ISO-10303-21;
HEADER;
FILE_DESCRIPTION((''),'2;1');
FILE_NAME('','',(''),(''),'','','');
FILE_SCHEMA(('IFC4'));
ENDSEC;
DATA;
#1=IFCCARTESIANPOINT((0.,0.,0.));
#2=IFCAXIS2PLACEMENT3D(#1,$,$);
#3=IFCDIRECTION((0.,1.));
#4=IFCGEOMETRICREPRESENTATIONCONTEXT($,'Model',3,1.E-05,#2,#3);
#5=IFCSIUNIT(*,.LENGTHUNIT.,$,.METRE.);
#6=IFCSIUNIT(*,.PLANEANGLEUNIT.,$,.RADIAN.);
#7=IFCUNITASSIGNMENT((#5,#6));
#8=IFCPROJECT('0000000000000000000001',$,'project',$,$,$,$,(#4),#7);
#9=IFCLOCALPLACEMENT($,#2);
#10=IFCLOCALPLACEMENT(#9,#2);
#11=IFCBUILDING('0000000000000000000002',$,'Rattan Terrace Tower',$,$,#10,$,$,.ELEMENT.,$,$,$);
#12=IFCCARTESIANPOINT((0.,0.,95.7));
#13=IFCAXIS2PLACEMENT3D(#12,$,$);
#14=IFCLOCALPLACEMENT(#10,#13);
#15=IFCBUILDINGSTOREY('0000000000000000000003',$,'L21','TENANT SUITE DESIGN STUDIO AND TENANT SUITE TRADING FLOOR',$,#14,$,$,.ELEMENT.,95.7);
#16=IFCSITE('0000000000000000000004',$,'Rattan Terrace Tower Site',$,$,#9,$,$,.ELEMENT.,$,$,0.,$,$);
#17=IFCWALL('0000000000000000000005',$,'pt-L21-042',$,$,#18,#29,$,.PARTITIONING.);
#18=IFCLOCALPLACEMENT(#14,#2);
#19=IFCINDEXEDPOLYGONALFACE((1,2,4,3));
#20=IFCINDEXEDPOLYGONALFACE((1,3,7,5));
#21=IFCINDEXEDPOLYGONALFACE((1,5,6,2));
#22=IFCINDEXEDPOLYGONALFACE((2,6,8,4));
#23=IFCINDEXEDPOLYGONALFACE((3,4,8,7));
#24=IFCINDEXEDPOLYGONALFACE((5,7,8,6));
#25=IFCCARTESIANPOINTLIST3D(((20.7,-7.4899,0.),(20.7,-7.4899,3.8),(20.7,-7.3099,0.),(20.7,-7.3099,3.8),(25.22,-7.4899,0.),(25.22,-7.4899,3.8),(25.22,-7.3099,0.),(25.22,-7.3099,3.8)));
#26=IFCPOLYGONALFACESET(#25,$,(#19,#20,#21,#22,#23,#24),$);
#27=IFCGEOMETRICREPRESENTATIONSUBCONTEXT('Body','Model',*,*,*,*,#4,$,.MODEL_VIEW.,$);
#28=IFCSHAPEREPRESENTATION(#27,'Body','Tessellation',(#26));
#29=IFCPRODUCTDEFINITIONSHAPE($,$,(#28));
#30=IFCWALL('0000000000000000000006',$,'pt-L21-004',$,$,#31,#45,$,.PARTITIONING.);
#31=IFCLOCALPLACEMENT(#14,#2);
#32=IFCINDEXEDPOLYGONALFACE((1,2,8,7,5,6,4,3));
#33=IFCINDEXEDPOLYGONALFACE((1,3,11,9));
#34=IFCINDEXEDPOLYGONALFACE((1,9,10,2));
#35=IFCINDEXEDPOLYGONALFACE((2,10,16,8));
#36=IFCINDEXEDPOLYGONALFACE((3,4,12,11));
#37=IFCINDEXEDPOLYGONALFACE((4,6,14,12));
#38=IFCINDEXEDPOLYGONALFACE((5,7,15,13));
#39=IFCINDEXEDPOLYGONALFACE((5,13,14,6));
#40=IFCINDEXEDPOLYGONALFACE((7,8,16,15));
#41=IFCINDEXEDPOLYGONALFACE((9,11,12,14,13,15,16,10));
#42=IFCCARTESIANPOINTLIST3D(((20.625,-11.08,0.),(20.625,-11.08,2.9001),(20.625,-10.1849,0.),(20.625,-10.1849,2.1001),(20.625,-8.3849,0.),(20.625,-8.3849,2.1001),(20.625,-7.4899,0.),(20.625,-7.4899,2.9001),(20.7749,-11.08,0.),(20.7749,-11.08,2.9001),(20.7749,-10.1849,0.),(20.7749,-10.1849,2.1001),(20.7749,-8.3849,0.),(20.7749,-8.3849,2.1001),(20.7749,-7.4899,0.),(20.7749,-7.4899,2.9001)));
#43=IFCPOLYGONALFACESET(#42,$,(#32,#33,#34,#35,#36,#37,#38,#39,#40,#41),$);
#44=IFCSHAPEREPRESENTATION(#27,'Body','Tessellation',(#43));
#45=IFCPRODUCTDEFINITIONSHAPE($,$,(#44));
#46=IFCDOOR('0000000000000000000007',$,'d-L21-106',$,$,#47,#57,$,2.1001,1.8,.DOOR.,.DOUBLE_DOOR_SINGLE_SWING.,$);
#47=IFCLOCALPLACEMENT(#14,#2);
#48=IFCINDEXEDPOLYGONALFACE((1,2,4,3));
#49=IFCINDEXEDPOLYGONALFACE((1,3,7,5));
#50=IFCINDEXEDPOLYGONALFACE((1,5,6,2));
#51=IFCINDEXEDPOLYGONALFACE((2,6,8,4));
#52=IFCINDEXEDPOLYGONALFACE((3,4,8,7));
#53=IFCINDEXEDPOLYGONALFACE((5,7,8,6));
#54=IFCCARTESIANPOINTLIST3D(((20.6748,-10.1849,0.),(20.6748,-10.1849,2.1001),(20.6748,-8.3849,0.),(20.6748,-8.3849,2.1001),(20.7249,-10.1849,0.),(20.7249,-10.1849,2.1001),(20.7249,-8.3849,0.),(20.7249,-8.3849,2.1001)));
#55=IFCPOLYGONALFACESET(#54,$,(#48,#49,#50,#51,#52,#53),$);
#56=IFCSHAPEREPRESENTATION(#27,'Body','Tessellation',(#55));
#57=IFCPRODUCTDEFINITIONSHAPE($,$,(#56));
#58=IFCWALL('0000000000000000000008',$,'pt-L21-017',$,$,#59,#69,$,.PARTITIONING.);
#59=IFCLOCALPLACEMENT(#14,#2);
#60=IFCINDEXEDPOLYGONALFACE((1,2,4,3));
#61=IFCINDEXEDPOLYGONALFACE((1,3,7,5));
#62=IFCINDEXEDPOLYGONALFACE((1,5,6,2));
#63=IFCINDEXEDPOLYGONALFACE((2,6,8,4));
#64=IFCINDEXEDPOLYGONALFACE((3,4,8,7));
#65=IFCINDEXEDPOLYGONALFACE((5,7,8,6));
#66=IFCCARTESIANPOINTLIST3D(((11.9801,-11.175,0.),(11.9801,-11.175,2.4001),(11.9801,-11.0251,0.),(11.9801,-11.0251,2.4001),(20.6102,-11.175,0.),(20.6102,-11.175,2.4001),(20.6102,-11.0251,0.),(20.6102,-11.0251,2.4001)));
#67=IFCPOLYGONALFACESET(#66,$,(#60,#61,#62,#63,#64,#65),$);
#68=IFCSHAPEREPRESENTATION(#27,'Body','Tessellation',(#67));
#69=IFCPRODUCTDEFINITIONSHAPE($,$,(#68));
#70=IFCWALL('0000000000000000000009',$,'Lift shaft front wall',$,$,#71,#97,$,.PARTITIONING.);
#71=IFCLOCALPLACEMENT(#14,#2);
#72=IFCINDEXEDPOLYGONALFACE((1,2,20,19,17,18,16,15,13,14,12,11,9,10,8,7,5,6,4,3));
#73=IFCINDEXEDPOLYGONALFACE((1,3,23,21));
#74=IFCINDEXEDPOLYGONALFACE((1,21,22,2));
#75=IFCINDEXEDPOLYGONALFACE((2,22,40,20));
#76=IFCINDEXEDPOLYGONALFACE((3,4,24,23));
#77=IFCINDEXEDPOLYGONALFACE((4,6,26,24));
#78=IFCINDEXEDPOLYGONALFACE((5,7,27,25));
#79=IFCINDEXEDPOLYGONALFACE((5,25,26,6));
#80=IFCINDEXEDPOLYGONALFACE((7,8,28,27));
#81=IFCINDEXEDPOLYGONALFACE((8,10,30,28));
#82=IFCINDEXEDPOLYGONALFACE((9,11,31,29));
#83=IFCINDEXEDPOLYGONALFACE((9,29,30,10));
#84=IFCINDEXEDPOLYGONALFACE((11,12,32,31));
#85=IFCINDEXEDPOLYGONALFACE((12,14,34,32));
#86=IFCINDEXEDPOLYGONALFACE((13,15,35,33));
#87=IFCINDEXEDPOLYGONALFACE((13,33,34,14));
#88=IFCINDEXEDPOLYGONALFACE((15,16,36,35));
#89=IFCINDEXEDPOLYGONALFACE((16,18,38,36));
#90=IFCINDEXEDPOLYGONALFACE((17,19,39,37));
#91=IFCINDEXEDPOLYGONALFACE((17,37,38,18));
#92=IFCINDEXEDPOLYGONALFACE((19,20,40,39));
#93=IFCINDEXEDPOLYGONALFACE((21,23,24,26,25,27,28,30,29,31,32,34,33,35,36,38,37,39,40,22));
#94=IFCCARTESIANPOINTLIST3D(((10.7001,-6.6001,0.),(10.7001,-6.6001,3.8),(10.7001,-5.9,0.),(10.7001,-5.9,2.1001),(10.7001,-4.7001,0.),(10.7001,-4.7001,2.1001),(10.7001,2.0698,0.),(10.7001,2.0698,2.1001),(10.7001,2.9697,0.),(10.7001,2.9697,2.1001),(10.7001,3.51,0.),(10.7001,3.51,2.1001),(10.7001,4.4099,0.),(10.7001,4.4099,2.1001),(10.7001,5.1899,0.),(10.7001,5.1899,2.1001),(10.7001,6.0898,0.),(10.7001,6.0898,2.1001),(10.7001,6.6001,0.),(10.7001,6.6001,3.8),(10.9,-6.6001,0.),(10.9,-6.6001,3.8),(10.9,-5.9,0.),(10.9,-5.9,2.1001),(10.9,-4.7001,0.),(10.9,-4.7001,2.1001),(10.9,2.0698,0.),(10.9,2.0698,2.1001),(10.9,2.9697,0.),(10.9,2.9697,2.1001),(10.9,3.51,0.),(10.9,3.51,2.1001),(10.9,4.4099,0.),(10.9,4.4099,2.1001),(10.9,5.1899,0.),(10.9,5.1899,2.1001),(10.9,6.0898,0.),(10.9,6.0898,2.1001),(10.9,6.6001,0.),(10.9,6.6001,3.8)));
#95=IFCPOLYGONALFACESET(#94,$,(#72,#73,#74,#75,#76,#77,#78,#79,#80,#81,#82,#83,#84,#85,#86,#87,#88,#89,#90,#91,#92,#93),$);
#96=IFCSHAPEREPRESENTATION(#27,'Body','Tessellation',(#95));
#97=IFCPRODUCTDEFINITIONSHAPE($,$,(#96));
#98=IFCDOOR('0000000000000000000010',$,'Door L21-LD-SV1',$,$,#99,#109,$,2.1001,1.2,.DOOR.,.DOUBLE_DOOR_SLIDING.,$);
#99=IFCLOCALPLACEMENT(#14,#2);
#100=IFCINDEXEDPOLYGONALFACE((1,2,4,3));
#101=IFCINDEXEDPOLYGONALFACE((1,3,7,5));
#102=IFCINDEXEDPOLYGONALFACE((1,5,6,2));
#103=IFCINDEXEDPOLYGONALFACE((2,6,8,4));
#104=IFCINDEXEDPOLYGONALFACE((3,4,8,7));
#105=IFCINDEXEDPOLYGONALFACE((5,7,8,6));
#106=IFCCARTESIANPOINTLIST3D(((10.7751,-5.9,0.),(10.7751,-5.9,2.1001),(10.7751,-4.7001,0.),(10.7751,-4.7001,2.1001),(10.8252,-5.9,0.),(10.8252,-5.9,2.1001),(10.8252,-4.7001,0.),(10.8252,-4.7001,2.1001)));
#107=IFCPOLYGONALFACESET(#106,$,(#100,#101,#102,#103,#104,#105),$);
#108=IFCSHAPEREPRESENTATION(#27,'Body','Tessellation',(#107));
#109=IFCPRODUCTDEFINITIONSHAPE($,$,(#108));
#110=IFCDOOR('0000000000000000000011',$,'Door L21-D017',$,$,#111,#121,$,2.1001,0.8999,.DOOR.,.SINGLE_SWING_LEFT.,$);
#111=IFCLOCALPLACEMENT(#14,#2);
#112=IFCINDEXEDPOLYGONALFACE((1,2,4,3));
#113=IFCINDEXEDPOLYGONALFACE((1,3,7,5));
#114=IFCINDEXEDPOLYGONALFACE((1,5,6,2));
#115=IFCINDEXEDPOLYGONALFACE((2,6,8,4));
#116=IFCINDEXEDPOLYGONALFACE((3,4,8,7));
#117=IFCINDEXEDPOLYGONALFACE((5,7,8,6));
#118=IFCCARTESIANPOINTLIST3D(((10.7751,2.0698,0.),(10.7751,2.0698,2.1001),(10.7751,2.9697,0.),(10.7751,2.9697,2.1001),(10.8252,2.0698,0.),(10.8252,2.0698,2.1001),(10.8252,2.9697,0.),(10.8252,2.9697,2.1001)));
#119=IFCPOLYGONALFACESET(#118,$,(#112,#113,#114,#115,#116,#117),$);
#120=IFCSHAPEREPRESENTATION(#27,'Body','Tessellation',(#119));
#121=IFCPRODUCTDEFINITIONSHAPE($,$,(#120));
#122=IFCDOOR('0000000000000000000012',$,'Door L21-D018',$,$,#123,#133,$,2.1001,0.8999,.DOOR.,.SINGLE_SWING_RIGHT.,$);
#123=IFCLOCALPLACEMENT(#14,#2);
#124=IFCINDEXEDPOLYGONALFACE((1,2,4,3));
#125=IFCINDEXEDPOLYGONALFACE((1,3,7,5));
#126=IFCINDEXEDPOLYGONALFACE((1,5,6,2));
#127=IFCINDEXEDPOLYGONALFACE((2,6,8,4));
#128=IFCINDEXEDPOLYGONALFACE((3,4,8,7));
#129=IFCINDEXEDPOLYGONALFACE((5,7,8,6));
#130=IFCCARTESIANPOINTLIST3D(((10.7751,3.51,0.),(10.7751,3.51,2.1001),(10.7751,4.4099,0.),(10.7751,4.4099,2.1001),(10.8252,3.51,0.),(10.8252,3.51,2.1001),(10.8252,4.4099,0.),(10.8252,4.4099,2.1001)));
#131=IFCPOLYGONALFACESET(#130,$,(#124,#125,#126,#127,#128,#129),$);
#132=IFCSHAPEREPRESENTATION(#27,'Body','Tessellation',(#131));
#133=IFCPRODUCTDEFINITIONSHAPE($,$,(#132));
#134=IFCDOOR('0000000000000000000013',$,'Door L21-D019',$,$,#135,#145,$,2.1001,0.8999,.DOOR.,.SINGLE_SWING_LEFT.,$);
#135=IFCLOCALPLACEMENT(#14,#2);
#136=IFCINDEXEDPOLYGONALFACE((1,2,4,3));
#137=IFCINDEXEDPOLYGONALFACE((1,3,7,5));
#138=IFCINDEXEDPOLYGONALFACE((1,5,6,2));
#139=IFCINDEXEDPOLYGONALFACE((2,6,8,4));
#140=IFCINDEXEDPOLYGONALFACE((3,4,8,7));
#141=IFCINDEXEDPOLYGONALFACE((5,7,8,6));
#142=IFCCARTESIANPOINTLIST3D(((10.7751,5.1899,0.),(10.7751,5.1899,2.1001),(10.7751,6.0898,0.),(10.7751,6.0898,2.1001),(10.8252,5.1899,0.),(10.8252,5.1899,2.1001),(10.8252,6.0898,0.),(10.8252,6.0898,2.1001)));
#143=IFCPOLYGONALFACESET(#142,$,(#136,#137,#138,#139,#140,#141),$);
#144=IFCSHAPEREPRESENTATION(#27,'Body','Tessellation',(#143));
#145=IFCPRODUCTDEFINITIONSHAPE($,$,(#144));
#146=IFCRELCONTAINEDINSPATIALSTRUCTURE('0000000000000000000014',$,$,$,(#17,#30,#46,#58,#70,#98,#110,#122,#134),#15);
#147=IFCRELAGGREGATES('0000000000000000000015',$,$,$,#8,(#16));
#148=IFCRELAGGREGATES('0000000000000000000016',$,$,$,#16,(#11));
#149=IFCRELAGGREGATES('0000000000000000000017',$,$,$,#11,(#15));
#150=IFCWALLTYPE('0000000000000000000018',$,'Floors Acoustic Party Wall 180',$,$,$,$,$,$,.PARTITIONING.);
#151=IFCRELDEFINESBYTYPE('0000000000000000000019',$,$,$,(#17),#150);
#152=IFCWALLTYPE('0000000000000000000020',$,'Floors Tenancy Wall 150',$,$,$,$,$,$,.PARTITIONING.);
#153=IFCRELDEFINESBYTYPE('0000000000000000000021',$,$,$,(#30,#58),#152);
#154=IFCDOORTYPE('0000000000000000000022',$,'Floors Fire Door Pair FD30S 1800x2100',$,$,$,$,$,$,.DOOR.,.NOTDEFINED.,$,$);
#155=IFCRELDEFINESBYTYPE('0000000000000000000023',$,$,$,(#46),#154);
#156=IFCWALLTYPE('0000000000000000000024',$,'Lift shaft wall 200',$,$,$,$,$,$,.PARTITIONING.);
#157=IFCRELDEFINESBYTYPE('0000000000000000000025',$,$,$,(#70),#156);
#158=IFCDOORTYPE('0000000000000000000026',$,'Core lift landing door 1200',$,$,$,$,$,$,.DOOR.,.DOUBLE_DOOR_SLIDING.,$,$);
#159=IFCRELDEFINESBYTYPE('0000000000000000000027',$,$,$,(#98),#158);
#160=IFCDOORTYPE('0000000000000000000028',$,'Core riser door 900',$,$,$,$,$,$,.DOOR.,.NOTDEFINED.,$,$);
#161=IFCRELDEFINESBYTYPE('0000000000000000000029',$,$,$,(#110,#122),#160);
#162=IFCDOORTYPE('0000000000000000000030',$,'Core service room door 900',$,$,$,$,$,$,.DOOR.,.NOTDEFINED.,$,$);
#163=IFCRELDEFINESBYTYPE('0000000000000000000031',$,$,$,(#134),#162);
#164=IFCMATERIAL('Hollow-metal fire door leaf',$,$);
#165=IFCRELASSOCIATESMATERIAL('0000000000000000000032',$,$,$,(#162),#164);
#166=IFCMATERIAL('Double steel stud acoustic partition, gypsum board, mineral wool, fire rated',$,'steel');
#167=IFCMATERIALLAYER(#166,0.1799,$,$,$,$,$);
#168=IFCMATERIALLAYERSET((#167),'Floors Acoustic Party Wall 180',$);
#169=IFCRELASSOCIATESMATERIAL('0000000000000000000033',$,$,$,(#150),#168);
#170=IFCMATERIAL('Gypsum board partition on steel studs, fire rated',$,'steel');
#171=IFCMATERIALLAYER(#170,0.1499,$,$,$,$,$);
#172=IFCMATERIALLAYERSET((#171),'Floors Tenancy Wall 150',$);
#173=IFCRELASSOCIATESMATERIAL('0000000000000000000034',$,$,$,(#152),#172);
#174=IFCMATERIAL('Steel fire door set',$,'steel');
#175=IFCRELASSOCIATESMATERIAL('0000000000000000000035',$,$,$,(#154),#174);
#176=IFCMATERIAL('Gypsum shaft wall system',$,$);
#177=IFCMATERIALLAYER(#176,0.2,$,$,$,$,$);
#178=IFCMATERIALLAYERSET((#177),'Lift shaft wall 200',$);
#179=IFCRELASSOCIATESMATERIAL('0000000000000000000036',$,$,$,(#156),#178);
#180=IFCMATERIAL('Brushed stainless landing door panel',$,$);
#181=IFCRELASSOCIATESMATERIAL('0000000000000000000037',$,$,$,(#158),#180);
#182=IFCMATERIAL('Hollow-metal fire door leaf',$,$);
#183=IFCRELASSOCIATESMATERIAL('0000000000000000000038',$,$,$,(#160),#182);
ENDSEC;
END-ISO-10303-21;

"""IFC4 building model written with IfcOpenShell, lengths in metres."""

from ifc_helpers import new_model, si_unit, direction, frame, frame_2d, origin, place, context, subcontext, project, spatial, rectangle, extrude, material, layer, layer_set, type_object, element, fill, save


model = new_model("IFC4")

# Units and contexts
model_context = context("Model", 3, precision=1e-05, world=origin(), true_north=direction((0.0, 1.0)))
body_context = subcontext(model_context, "Body", "Model", "MODEL_VIEW")
ifc_project = project(units=[si_unit("LENGTHUNIT", "METRE"), si_unit("PLANEANGLEUNIT", "RADIAN")], contexts=[model_context])

# Site, building, storey
site_placement = place(None, origin())
site = spatial("IfcSite", under=ifc_project, at=site_placement, Name="Rattan Terrace Tower Site", CompositionType="ELEMENT", RefElevation=0.0)
building_placement = place(site_placement, origin())
building = spatial("IfcBuilding", under=site, at=building_placement, Name="Rattan Terrace Tower", CompositionType="ELEMENT")
storey_placement = place(building_placement, frame((0.0, 0.0, 95.7)))
storey = spatial("IfcBuildingStorey", under=building, at=storey_placement, Name="L21", Description="TENANT SUITE DESIGN STUDIO AND TENANT SUITE TRADING FLOOR", CompositionType="ELEMENT", Elevation=95.7)

# Shared definitions
ifc_material_1 = material(Name="Hollow-metal fire door leaf")
door_type_1 = type_object("IfcDoorType", Name="Core service room door 900", OperationType="NOTDEFINED", PredefinedType="DOOR", material=ifc_material_1)

# Wall
ifc_material_2 = material(Name="Double steel stud acoustic partition, gypsum board, mineral wool, fire rated", Category="steel")
ifc_layer_1 = layer(ifc_material_2, 0.1799)
ifc_layer_set_1 = layer_set([ifc_layer_1], Name="Floors Acoustic Party Wall 180")
wall_type_1 = type_object("IfcWallType", Name="Floors Acoustic Party Wall 180", PredefinedType="PARTITIONING", material=ifc_layer_set_1)
wall_1_placement = place(storey_placement, frame((20.7, -7.3999, 0.0), z_axis=(0.0, 0.0, 1.0), x_axis=(1.0, 0.0, 0.0)))
element("IfcWall", 1, at=wall_1_placement, inside=storey, type_object=wall_type_1, Name="pt-L21-042", PredefinedType="PARTITIONING", context=body_context, shape_type="SweptSolid", body=[
    extrude(rectangle(XDim=4.52, YDim=0.1799, at=frame_2d((2.26, 0.0))), origin(), (0.0, 0.0, 1.0), 3.8),
])

# Wall, opening, door
ifc_material_3 = material(Name="Gypsum board partition on steel studs, fire rated", Category="steel")
ifc_layer_2 = layer(ifc_material_3, 0.1499)
ifc_layer_set_2 = layer_set([ifc_layer_2], Name="Floors Tenancy Wall 150")
wall_type_2 = type_object("IfcWallType", Name="Floors Tenancy Wall 150", PredefinedType="PARTITIONING", material=ifc_layer_set_2)
wall_2_placement = place(storey_placement, frame((20.7, -7.49, 0.0), z_axis=(0.0, 0.0, 1.0), x_axis=(0.0, -1.0, 0.0)))
wall_2 = element("IfcWall", 2, at=wall_2_placement, inside=storey, type_object=wall_type_2, Name="pt-L21-004", PredefinedType="PARTITIONING", context=body_context, shape_type="SweptSolid", body=[
    extrude(rectangle(XDim=3.5901, YDim=0.1499, at=frame_2d((1.7949, 0.0))), origin(), (0.0, 0.0, 1.0), 2.9001),
])
opening_1_placement = place(wall_2_placement, frame((0.895, 0.0, 0.0)))
opening_1 = element("IfcOpeningElement", 3, at=opening_1_placement, cuts=wall_2, PredefinedType="OPENING", context=body_context, shape_type="SweptSolid", body=[
    extrude(rectangle(XDim=1.8, YDim=2.1001, at=frame_2d((0.8999, 1.05))), frame((0.0, 0.0854, 0.0), z_axis=(0.0, -1.0, 0.0), x_axis=(1.0, 0.0, 0.0)), (0.0, 0.0, 1.0), 0.1709),
])
ifc_material_4 = material(Name="Steel fire door set", Category="steel")
door_type_2 = type_object("IfcDoorType", Name="Floors Fire Door Pair FD30S 1800x2100", OperationType="NOTDEFINED", PredefinedType="DOOR", material=ifc_material_4)
door_1_placement = place(opening_1_placement, origin())
door_1 = element("IfcDoor", 4, at=door_1_placement, inside=storey, type_object=door_type_2, Name="d-L21-106", OperationType="DOUBLE_DOOR_SINGLE_SWING", OverallHeight=2.1001, OverallWidth=1.8, PredefinedType="DOOR", context=body_context, shape_type="SweptSolid", body=[
    extrude(rectangle(XDim=1.8, YDim=2.1001, at=frame_2d((0.8999, 1.05))), frame((0.0, 0.0249, 0.0), z_axis=(0.0, -1.0, 0.0), x_axis=(1.0, 0.0, 0.0)), (0.0, 0.0, 1.0), 0.05),
])
fill(opening_1, door_1)

# Wall
wall_3_placement = place(storey_placement, frame((20.6101, -11.1001, 0.0), z_axis=(0.0, 0.0, 1.0), x_axis=(-1.0, 0.0, 0.0)))
element("IfcWall", 5, at=wall_3_placement, inside=storey, type_object=wall_type_2, Name="pt-L21-017", PredefinedType="PARTITIONING", context=body_context, shape_type="SweptSolid", body=[
    extrude(rectangle(XDim=8.6301, YDim=0.1499, at=frame_2d((4.3149, 0.0))), origin(), (0.0, 0.0, 1.0), 2.4001),
])

# Wall, openings, doors
ifc_material_5 = material(Name="Gypsum shaft wall system")
ifc_layer_3 = layer(ifc_material_5, 0.2)
ifc_layer_set_3 = layer_set([ifc_layer_3], Name="Lift shaft wall 200")
wall_type_3 = type_object("IfcWallType", Name="Lift shaft wall 200", PredefinedType="PARTITIONING", material=ifc_layer_set_3)
wall_4_placement = place(storey_placement, frame((10.8, -6.6001, 0.0), z_axis=(0.0, 0.0, 1.0), x_axis=(0.0, 1.0, 0.0)))
wall_4 = element("IfcWall", 6, at=wall_4_placement, inside=storey, type_object=wall_type_3, Name="Lift shaft front wall", PredefinedType="PARTITIONING", context=body_context, shape_type="SweptSolid", body=[
    extrude(rectangle(XDim=13.2002, YDim=0.2, at=frame_2d((6.6001, 0.0))), origin(), (0.0, 0.0, 1.0), 3.8),
])
opening_2_placement = place(wall_4_placement, frame((0.7, 0.0, 0.0)))
opening_2 = element("IfcOpeningElement", 7, at=opening_2_placement, cuts=wall_4, PredefinedType="OPENING", context=body_context, shape_type="SweptSolid", body=[
    extrude(rectangle(XDim=1.2, YDim=2.1001, at=frame_2d((0.6001, 1.05))), frame((0.0, 0.1106, 0.0), z_axis=(0.0, -1.0, 0.0), x_axis=(1.0, 0.0, 0.0)), (0.0, 0.0, 1.0), 0.2209),
])
opening_3_placement = place(wall_4_placement, frame((8.6699, 0.0, 0.0)))
opening_3 = element("IfcOpeningElement", 8, at=opening_3_placement, cuts=wall_4, PredefinedType="OPENING", context=body_context, shape_type="SweptSolid", body=[
    extrude(rectangle(XDim=0.8999, YDim=2.1001, at=frame_2d((0.45, 1.05))), frame((0.0, 0.1106, 0.0), z_axis=(0.0, -1.0, 0.0), x_axis=(1.0, 0.0, 0.0)), (0.0, 0.0, 1.0), 0.2209),
])
opening_4_placement = place(wall_4_placement, frame((10.1101, 0.0, 0.0)))
opening_4 = element("IfcOpeningElement", 9, at=opening_4_placement, cuts=wall_4, PredefinedType="OPENING", context=body_context, shape_type="SweptSolid", body=[
    extrude(rectangle(XDim=0.8999, YDim=2.1001, at=frame_2d((0.45, 1.05))), frame((0.0, 0.1106, 0.0), z_axis=(0.0, -1.0, 0.0), x_axis=(1.0, 0.0, 0.0)), (0.0, 0.0, 1.0), 0.2209),
])
opening_5_placement = place(wall_4_placement, frame((11.79, 0.0, 0.0)))
opening_5 = element("IfcOpeningElement", 10, at=opening_5_placement, cuts=wall_4, PredefinedType="OPENING", context=body_context, shape_type="SweptSolid", body=[
    extrude(rectangle(XDim=0.8999, YDim=2.1001, at=frame_2d((0.45, 1.05))), frame((0.0, 0.1106, 0.0), z_axis=(0.0, -1.0, 0.0), x_axis=(1.0, 0.0, 0.0)), (0.0, 0.0, 1.0), 0.2209),
])
ifc_material_6 = material(Name="Brushed stainless landing door panel")
door_type_3 = type_object("IfcDoorType", Name="Core lift landing door 1200", OperationType="DOUBLE_DOOR_SLIDING", PredefinedType="DOOR", material=ifc_material_6)
door_2_placement = place(opening_2_placement, origin())
door_2 = element("IfcDoor", 11, at=door_2_placement, inside=storey, type_object=door_type_3, Name="Door L21-LD-SV1", OperationType="DOUBLE_DOOR_SLIDING", OverallHeight=2.1001, OverallWidth=1.2, PredefinedType="DOOR", context=body_context, shape_type="SweptSolid", body=[
    extrude(rectangle(XDim=1.2, YDim=2.1001, at=frame_2d((0.6001, 1.05))), frame((0.0, 0.0249, 0.0), z_axis=(0.0, -1.0, 0.0), x_axis=(1.0, 0.0, 0.0)), (0.0, 0.0, 1.0), 0.05),
])
fill(opening_2, door_2)
ifc_material_7 = material(Name="Hollow-metal fire door leaf")
door_type_4 = type_object("IfcDoorType", Name="Core riser door 900", OperationType="NOTDEFINED", PredefinedType="DOOR", material=ifc_material_7)
door_3_placement = place(opening_3_placement, origin())
door_3 = element("IfcDoor", 12, at=door_3_placement, inside=storey, type_object=door_type_4, Name="Door L21-D017", OperationType="SINGLE_SWING_LEFT", OverallHeight=2.1001, OverallWidth=0.8999, PredefinedType="DOOR", context=body_context, shape_type="SweptSolid", body=[
    extrude(rectangle(XDim=0.8999, YDim=2.1001, at=frame_2d((0.45, 1.05))), frame((0.0, 0.0249, 0.0), z_axis=(0.0, -1.0, 0.0), x_axis=(1.0, 0.0, 0.0)), (0.0, 0.0, 1.0), 0.05),
])
fill(opening_3, door_3)
door_4_placement = place(opening_4_placement, origin())
door_4 = element("IfcDoor", 13, at=door_4_placement, inside=storey, type_object=door_type_4, Name="Door L21-D018", OperationType="SINGLE_SWING_RIGHT", OverallHeight=2.1001, OverallWidth=0.8999, PredefinedType="DOOR", context=body_context, shape_type="SweptSolid", body=[
    extrude(rectangle(XDim=0.8999, YDim=2.1001, at=frame_2d((0.45, 1.05))), frame((0.0, 0.0249, 0.0), z_axis=(0.0, -1.0, 0.0), x_axis=(1.0, 0.0, 0.0)), (0.0, 0.0, 1.0), 0.05),
])
fill(opening_4, door_4)
door_5_placement = place(opening_5_placement, origin())
door_5 = element("IfcDoor", 14, at=door_5_placement, inside=storey, type_object=door_type_1, Name="Door L21-D019", OperationType="SINGLE_SWING_LEFT", OverallHeight=2.1001, OverallWidth=0.8999, PredefinedType="DOOR", context=body_context, shape_type="SweptSolid", body=[
    extrude(rectangle(XDim=0.8999, YDim=2.1001, at=frame_2d((0.45, 1.05))), frame((0.0, 0.0249, 0.0), z_axis=(0.0, -1.0, 0.0), x_axis=(1.0, 0.0, 0.0)), (0.0, 0.0, 1.0), 0.05),
])
fill(opening_5, door_5)

save(model, "model.ifc")
